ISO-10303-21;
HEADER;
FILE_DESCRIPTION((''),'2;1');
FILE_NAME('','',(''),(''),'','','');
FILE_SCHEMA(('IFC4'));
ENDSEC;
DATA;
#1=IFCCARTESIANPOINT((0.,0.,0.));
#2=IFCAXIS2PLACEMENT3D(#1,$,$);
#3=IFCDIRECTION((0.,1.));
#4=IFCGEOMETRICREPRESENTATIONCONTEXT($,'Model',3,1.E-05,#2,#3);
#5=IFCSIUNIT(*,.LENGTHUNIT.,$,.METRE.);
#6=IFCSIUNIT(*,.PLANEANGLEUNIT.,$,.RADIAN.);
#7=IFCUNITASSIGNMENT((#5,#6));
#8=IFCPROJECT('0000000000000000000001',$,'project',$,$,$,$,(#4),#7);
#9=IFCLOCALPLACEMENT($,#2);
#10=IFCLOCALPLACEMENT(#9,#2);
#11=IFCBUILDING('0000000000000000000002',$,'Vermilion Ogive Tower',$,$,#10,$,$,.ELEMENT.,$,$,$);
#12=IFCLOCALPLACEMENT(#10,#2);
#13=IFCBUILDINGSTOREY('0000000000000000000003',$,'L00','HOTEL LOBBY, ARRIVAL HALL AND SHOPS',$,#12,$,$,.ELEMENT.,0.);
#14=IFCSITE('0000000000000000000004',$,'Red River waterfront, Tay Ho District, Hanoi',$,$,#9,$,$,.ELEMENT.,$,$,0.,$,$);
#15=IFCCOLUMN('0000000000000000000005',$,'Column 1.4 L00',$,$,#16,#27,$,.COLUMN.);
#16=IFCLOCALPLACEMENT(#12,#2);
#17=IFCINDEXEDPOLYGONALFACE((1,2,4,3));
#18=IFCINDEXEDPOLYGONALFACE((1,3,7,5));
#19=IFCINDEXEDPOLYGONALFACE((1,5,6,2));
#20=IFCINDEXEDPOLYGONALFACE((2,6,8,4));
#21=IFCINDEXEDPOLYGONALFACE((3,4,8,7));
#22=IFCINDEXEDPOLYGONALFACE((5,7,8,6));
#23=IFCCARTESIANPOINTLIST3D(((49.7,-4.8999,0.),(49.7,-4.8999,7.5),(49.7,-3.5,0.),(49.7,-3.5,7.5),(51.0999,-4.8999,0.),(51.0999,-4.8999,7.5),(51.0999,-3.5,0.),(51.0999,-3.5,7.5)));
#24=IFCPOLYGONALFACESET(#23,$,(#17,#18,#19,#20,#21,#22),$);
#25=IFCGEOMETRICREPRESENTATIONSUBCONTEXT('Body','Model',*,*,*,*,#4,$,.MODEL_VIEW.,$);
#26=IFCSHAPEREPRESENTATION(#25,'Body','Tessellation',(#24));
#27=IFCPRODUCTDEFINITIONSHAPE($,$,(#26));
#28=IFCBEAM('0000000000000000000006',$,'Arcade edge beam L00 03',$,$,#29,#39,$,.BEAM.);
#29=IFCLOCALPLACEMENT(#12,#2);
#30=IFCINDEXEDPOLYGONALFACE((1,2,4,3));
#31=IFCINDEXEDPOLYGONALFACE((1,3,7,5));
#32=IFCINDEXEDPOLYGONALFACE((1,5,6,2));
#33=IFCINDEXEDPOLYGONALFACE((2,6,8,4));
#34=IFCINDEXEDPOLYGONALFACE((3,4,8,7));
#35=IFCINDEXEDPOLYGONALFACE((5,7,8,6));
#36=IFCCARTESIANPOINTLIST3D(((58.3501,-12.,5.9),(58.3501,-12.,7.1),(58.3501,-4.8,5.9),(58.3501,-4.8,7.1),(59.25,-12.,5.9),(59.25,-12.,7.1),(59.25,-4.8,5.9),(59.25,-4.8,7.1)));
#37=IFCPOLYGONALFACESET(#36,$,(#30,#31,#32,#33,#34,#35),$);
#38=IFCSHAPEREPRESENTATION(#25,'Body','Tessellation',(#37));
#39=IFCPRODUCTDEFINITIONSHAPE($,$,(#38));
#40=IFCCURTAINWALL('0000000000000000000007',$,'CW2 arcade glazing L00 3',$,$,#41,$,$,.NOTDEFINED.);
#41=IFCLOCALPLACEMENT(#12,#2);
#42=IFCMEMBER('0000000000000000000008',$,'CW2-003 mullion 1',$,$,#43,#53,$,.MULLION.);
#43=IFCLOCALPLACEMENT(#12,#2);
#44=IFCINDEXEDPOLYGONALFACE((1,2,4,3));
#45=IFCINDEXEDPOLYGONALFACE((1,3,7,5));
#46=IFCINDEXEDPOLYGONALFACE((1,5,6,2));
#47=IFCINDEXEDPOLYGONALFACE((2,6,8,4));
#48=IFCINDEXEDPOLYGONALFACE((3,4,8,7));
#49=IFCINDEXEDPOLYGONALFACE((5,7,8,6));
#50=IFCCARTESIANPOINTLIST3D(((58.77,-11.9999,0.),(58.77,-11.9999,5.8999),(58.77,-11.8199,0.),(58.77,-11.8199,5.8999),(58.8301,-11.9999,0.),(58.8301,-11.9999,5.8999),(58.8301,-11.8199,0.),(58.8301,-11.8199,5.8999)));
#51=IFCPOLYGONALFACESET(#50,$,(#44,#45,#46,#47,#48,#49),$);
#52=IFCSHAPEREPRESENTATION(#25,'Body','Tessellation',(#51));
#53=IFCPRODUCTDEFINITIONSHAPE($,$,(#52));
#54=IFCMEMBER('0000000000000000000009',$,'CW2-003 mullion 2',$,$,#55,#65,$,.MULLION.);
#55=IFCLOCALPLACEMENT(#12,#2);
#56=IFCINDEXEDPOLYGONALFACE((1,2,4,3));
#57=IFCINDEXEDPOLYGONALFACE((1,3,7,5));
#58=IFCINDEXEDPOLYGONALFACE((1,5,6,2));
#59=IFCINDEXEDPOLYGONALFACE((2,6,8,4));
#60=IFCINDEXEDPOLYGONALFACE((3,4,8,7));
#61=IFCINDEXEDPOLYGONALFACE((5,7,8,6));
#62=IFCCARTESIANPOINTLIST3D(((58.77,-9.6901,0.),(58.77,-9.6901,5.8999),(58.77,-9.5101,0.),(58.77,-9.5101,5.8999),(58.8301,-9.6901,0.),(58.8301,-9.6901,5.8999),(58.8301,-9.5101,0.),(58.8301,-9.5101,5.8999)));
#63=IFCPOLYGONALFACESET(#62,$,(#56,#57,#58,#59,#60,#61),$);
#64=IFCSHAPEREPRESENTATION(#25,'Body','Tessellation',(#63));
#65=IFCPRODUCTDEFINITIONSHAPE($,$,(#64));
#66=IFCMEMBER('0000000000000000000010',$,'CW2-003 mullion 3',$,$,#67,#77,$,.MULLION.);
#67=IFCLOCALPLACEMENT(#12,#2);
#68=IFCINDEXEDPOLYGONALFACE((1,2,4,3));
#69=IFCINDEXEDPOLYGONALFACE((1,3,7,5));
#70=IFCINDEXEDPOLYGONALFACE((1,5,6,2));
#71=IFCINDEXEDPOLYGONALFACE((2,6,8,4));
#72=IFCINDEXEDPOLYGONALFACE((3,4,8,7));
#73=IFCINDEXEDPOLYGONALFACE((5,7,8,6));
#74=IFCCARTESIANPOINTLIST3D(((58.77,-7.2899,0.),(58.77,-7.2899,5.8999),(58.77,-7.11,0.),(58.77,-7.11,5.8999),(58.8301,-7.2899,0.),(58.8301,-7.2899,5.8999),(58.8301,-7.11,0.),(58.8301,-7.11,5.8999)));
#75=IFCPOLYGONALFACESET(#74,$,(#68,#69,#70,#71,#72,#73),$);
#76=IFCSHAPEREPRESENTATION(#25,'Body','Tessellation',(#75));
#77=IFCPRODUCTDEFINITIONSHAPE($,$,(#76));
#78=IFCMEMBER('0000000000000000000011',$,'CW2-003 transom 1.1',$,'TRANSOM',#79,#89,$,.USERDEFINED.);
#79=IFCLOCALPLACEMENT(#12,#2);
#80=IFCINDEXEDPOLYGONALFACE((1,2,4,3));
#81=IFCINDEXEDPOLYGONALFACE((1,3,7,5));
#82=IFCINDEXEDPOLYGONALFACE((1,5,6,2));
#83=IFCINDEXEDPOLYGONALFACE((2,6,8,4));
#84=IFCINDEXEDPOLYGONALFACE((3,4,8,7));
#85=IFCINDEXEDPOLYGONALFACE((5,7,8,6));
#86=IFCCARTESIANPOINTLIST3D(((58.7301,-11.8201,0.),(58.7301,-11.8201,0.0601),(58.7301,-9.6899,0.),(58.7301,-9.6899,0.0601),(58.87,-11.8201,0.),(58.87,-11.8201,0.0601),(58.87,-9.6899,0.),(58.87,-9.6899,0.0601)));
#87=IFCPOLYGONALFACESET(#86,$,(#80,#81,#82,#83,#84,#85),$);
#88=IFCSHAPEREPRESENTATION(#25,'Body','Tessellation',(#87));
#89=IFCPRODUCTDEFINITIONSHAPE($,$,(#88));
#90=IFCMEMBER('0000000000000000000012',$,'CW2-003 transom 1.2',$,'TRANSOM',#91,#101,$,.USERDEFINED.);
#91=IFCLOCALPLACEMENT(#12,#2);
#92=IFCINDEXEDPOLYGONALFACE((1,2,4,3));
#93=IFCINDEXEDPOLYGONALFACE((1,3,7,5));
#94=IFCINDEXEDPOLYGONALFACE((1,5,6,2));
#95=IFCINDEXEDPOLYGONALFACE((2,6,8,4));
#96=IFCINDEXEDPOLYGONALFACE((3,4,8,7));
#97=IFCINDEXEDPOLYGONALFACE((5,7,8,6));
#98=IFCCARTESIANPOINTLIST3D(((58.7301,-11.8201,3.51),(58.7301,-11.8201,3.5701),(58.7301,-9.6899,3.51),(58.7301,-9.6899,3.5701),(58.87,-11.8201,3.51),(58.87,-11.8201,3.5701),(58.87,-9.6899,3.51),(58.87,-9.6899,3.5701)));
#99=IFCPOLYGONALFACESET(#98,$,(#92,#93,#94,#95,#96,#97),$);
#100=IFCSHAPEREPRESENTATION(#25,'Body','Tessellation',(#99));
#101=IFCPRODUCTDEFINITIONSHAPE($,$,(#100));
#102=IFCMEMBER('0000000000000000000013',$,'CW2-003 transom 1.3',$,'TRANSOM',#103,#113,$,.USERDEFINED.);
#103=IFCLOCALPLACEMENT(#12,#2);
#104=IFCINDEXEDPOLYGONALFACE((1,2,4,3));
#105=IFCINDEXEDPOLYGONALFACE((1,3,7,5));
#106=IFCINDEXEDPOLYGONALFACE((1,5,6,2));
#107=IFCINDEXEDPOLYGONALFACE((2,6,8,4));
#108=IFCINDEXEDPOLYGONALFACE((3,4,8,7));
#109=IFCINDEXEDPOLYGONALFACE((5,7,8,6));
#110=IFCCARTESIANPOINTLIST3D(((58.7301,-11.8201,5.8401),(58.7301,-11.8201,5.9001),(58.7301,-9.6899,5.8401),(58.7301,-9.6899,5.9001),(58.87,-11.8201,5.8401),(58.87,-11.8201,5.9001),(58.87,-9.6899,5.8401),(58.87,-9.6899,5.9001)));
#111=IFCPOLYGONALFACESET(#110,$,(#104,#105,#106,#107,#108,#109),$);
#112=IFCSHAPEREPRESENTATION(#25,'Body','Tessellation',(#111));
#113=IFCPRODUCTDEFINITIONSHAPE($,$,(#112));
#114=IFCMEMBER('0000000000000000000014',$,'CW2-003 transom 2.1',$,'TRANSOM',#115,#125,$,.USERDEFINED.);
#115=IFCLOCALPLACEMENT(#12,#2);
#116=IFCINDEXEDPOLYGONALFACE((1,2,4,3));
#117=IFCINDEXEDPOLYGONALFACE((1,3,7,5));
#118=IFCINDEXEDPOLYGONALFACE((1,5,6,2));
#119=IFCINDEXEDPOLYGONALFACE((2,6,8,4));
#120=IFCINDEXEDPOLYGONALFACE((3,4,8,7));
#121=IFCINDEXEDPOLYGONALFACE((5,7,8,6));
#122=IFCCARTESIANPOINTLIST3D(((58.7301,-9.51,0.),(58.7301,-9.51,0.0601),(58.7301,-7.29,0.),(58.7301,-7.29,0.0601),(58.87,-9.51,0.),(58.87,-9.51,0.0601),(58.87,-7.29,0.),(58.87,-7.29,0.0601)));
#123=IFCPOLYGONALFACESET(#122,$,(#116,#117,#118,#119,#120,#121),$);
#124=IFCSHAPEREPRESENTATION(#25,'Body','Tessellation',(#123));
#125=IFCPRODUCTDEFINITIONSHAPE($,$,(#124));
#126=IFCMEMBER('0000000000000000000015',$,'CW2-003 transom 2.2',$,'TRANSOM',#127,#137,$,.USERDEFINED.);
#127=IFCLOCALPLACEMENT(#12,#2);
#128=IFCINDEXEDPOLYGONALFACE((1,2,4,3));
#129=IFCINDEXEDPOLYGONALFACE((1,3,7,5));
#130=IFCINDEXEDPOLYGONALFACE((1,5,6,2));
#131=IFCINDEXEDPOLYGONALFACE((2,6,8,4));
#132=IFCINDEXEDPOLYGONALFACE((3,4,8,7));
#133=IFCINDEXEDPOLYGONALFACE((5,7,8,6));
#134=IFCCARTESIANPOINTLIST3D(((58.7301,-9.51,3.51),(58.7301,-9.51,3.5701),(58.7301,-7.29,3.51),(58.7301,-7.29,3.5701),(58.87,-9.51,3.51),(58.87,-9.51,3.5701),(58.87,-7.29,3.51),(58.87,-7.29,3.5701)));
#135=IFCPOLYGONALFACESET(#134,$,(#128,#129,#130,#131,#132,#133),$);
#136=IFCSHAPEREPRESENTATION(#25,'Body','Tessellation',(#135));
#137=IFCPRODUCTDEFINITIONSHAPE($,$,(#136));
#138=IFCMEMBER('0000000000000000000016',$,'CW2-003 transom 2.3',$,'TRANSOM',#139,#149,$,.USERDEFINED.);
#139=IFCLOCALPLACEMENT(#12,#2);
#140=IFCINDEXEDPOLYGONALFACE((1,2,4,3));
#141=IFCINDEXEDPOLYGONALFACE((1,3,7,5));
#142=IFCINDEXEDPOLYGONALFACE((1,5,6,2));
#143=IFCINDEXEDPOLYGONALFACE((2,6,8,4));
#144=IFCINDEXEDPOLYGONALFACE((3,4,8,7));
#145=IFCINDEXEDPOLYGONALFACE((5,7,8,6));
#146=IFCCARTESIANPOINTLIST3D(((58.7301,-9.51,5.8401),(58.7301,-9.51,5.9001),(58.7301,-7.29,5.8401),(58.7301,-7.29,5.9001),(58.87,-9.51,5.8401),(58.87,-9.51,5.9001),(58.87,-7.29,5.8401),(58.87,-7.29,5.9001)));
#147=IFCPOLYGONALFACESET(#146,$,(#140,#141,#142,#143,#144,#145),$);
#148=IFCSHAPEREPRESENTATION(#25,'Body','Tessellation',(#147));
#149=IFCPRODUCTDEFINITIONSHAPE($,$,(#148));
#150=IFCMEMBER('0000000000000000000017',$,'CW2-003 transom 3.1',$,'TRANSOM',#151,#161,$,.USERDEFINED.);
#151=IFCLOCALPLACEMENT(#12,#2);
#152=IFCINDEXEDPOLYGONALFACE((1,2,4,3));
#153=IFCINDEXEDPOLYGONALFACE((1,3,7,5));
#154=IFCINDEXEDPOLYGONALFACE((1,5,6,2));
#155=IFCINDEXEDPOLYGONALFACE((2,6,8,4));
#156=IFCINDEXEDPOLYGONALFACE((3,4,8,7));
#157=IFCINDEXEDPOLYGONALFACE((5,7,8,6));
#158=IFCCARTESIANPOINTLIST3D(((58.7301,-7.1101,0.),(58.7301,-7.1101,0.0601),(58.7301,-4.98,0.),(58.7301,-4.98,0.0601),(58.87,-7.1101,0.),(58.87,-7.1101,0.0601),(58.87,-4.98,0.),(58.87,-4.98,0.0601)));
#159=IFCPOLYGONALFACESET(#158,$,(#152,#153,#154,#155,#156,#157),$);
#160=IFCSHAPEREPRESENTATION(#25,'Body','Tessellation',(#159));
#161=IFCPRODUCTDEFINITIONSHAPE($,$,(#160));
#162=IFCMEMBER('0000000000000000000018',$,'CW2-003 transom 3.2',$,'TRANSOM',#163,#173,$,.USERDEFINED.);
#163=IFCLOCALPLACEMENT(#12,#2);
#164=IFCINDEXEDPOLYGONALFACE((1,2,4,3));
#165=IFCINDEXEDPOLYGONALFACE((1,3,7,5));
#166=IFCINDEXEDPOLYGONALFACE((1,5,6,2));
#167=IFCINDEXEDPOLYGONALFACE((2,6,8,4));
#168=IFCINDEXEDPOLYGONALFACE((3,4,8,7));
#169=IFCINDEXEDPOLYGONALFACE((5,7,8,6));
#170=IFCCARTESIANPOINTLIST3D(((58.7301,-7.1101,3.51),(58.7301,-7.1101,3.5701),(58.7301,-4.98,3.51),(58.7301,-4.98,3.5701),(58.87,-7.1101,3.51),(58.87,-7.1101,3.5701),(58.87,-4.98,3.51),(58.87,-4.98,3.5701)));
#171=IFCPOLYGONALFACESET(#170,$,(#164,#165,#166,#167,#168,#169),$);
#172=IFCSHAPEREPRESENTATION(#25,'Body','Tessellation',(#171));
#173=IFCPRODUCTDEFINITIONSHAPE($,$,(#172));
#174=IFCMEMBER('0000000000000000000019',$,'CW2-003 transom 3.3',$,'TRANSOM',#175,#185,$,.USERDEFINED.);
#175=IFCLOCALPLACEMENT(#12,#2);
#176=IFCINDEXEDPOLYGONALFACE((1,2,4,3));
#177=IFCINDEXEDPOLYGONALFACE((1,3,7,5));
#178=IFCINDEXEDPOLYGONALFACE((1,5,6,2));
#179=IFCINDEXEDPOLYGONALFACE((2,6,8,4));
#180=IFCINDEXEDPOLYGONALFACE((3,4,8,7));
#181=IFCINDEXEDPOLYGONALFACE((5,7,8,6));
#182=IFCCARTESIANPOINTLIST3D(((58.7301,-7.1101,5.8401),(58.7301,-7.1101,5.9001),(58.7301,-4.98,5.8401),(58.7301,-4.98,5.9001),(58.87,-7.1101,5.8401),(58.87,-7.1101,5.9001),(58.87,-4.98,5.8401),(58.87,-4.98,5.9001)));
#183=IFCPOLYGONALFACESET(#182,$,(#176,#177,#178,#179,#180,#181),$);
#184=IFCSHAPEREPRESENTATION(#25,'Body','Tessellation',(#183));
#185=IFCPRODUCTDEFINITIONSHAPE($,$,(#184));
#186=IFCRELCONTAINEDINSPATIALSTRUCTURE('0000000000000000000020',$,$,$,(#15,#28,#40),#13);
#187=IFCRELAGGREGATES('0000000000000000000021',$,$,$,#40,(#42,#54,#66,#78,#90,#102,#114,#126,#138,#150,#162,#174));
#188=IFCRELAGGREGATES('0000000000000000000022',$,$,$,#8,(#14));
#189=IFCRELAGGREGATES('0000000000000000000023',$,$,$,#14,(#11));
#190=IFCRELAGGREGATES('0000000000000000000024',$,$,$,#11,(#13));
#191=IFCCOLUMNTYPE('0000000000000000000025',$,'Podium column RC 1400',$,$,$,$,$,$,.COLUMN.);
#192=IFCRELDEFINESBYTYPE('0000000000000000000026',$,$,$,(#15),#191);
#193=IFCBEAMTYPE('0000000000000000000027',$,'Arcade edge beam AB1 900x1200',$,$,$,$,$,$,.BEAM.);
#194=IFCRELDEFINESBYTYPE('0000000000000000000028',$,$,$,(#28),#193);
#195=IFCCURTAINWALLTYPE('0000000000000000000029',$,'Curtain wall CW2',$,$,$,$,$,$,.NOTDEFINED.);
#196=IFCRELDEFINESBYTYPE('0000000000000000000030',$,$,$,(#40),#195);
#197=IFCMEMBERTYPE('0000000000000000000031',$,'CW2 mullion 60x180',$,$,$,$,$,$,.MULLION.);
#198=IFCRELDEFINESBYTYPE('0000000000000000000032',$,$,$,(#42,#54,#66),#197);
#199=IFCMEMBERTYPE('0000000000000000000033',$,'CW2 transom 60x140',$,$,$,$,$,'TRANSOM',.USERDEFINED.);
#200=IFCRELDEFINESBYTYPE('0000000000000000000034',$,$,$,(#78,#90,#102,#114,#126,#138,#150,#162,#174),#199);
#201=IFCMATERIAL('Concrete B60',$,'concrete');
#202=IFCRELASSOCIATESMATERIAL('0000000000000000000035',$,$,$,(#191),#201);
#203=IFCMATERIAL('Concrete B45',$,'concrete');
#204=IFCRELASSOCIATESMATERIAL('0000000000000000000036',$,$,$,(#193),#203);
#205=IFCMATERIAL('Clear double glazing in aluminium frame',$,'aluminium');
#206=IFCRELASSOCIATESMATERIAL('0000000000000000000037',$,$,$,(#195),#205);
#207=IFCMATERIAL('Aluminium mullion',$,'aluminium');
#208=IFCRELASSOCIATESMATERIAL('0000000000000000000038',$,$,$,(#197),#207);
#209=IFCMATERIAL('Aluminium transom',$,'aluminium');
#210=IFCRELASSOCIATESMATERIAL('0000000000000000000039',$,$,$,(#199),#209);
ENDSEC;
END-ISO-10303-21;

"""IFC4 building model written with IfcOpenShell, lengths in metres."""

from ifc_helpers import new_model, si_unit, direction, frame, origin, origin_2d, place, context, subcontext, project, spatial, rectangle, extrude, material, material_profile, profile_set, type_object, element, aggregate, save


model = new_model("IFC4")

# Units and contexts
model_context = context("Model", 3, precision=1e-05, world=origin(), true_north=direction((0.0, 1.0)))
body_context = subcontext(model_context, "Body", "Model", "MODEL_VIEW")
ifc_project = project(units=[si_unit("LENGTHUNIT", "METRE"), si_unit("PLANEANGLEUNIT", "RADIAN")], contexts=[model_context])

# Site, building, storey
site_placement = place(None, origin())
site = spatial("IfcSite", under=ifc_project, at=site_placement, Name="Red River waterfront, Tay Ho District, Hanoi", CompositionType="ELEMENT", RefElevation=0.0)
building_placement = place(site_placement, origin())
building = spatial("IfcBuilding", under=site, at=building_placement, Name="Vermilion Ogive Tower", CompositionType="ELEMENT")
storey_placement = place(building_placement, origin())
storey = spatial("IfcBuildingStorey", under=building, at=storey_placement, Name="L00", Description="HOTEL LOBBY, ARRIVAL HALL AND SHOPS", CompositionType="ELEMENT", Elevation=0.0)

# Column
ifc_material_1 = material(Name="Concrete B60", Category="concrete")
ifc_material_profile_1 = material_profile(ifc_material_1, rectangle(XDim=1.3999, YDim=1.3999, at=origin_2d()), Name="RC 1400x1400")
ifc_profile_set_1 = profile_set([ifc_material_profile_1], Name="Concrete B60")
column_type = type_object("IfcColumnType", Name="Podium column RC 1400", PredefinedType="COLUMN", material=ifc_profile_set_1)
column_placement = place(storey_placement, frame((50.3999, -4.2, 0.0), z_axis=(0.0, 0.0, 1.0), x_axis=(1.0, 0.0, 0.0)))
element("IfcColumn", 1, at=column_placement, inside=storey, type_object=column_type, Name="Column 1.4 L00", PredefinedType="COLUMN", context=body_context, shape_type="SweptSolid", body=[
    extrude(rectangle(XDim=1.3999, YDim=1.3999, at=origin_2d()), origin(), (0.0, 0.0, 1.0), 7.5),
])

# Beam
ifc_material_2 = material(Name="Concrete B45", Category="concrete")
ifc_material_profile_2 = material_profile(ifc_material_2, rectangle(XDim=0.8999, YDim=1.2, at=origin_2d()), Name="RC 900x1200")
ifc_profile_set_2 = profile_set([ifc_material_profile_2], Name="Concrete B45")
beam_type = type_object("IfcBeamType", Name="Arcade edge beam AB1 900x1200", PredefinedType="BEAM", material=ifc_profile_set_2)
beam_placement = place(storey_placement, frame((58.8, -12.0, 6.5), z_axis=(0.0, 1.0, 0.0), x_axis=(-1.0, 0.0, 0.0)))
element("IfcBeam", 2, at=beam_placement, inside=storey, type_object=beam_type, Name="Arcade edge beam L00 03", PredefinedType="BEAM", context=body_context, shape_type="SweptSolid", body=[
    extrude(rectangle(XDim=0.8999, YDim=1.2, at=origin_2d()), origin(), (0.0, 0.0, 1.0), 7.2),
])

# Curtain wall, members
ifc_material_3 = material(Name="Clear double glazing in aluminium frame", Category="aluminium")
curtain_wall_type = type_object("IfcCurtainWallType", Name="Curtain wall CW2", PredefinedType="NOTDEFINED", material=ifc_material_3)
curtain_wall_placement = place(storey_placement, origin())
curtain_wall = element("IfcCurtainWall", 3, at=curtain_wall_placement, inside=storey, type_object=curtain_wall_type, Name="CW2 arcade glazing L00 3", PredefinedType="NOTDEFINED")
ifc_material_4 = material(Name="Aluminium mullion", Category="aluminium")
ifc_material_profile_3 = material_profile(ifc_material_4, rectangle(XDim=0.0601, YDim=0.1799, at=origin_2d()), Name="AL 60x180")
ifc_profile_set_3 = profile_set([ifc_material_profile_3], Name="Aluminium mullion")
member_type_1 = type_object("IfcMemberType", Name="CW2 mullion 60x180", PredefinedType="MULLION", material=ifc_profile_set_3)
member_1_placement = place(storey_placement, frame((58.8, -11.9099, 0.0), z_axis=(0.0, 0.0, 1.0), x_axis=(-1.0, 0.0, 0.0)))
member_1 = element("IfcMember", 4, at=member_1_placement, type_object=member_type_1, Name="CW2-003 mullion 1", PredefinedType="MULLION", context=body_context, shape_type="SweptSolid", body=[
    extrude(rectangle(XDim=0.0601, YDim=0.1799, at=origin_2d()), origin(), (0.0, 0.0, 1.0), 5.8999),
])
member_2_placement = place(storey_placement, frame((58.8, -9.6001, 0.0), z_axis=(0.0, 0.0, 1.0), x_axis=(-1.0, 0.0, 0.0)))
member_2 = element("IfcMember", 5, at=member_2_placement, type_object=member_type_1, Name="CW2-003 mullion 2", PredefinedType="MULLION", context=body_context, shape_type="SweptSolid", body=[
    extrude(rectangle(XDim=0.0601, YDim=0.1799, at=origin_2d()), origin(), (0.0, 0.0, 1.0), 5.8999),
])
member_3_placement = place(storey_placement, frame((58.8, -7.2, 0.0), z_axis=(0.0, 0.0, 1.0), x_axis=(-1.0, 0.0, 0.0)))
member_3 = element("IfcMember", 6, at=member_3_placement, type_object=member_type_1, Name="CW2-003 mullion 3", PredefinedType="MULLION", context=body_context, shape_type="SweptSolid", body=[
    extrude(rectangle(XDim=0.0601, YDim=0.1799, at=origin_2d()), origin(), (0.0, 0.0, 1.0), 5.8999),
])
ifc_material_5 = material(Name="Aluminium transom", Category="aluminium")
ifc_material_profile_4 = material_profile(ifc_material_5, rectangle(XDim=0.1399, YDim=0.0601, at=origin_2d()), Name="AL 60x140")
ifc_profile_set_4 = profile_set([ifc_material_profile_4], Name="Aluminium transom")
member_type_2 = type_object("IfcMemberType", Name="CW2 transom 60x140", ElementType="TRANSOM", PredefinedType="USERDEFINED", material=ifc_profile_set_4)
member_4_placement = place(storey_placement, frame((58.8, -11.8201, 0.03), z_axis=(0.0, 1.0, 0.0), x_axis=(-1.0, 0.0, 0.0)))
member_4 = element("IfcMember", 7, at=member_4_placement, type_object=member_type_2, Name="CW2-003 transom 1.1", ObjectType="TRANSOM", PredefinedType="USERDEFINED", context=body_context, shape_type="SweptSolid", body=[
    extrude(rectangle(XDim=0.1399, YDim=0.0601, at=origin_2d()), origin(), (0.0, 0.0, 1.0), 2.1301),
])
member_5_placement = place(storey_placement, frame((58.8, -11.8201, 3.54), z_axis=(0.0, 1.0, 0.0), x_axis=(-1.0, 0.0, 0.0)))
member_5 = element("IfcMember", 8, at=member_5_placement, type_object=member_type_2, Name="CW2-003 transom 1.2", ObjectType="TRANSOM", PredefinedType="USERDEFINED", context=body_context, shape_type="SweptSolid", body=[
    extrude(rectangle(XDim=0.1399, YDim=0.0601, at=origin_2d()), origin(), (0.0, 0.0, 1.0), 2.1301),
])
member_6_placement = place(storey_placement, frame((58.8, -11.8201, 5.8701), z_axis=(0.0, 1.0, 0.0), x_axis=(-1.0, 0.0, 0.0)))
member_6 = element("IfcMember", 9, at=member_6_placement, type_object=member_type_2, Name="CW2-003 transom 1.3", ObjectType="TRANSOM", PredefinedType="USERDEFINED", context=body_context, shape_type="SweptSolid", body=[
    extrude(rectangle(XDim=0.1399, YDim=0.0601, at=origin_2d()), origin(), (0.0, 0.0, 1.0), 2.1301),
])
member_7_placement = place(storey_placement, frame((58.8, -9.51, 0.03), z_axis=(0.0, 1.0, 0.0), x_axis=(-1.0, 0.0, 0.0)))
member_7 = element("IfcMember", 10, at=member_7_placement, type_object=member_type_2, Name="CW2-003 transom 2.1", ObjectType="TRANSOM", PredefinedType="USERDEFINED", context=body_context, shape_type="SweptSolid", body=[
    extrude(rectangle(XDim=0.1399, YDim=0.0601, at=origin_2d()), origin(), (0.0, 0.0, 1.0), 2.22),
])
member_8_placement = place(storey_placement, frame((58.8, -9.51, 3.54), z_axis=(0.0, 1.0, 0.0), x_axis=(-1.0, 0.0, 0.0)))
member_8 = element("IfcMember", 11, at=member_8_placement, type_object=member_type_2, Name="CW2-003 transom 2.2", ObjectType="TRANSOM", PredefinedType="USERDEFINED", context=body_context, shape_type="SweptSolid", body=[
    extrude(rectangle(XDim=0.1399, YDim=0.0601, at=origin_2d()), origin(), (0.0, 0.0, 1.0), 2.22),
])
member_9_placement = place(storey_placement, frame((58.8, -9.51, 5.8701), z_axis=(0.0, 1.0, 0.0), x_axis=(-1.0, 0.0, 0.0)))
member_9 = element("IfcMember", 12, at=member_9_placement, type_object=member_type_2, Name="CW2-003 transom 2.3", ObjectType="TRANSOM", PredefinedType="USERDEFINED", context=body_context, shape_type="SweptSolid", body=[
    extrude(rectangle(XDim=0.1399, YDim=0.0601, at=origin_2d()), origin(), (0.0, 0.0, 1.0), 2.22),
])
member_10_placement = place(storey_placement, frame((58.8, -7.1101, 0.03), z_axis=(0.0, 1.0, 0.0), x_axis=(-1.0, 0.0, 0.0)))
member_10 = element("IfcMember", 13, at=member_10_placement, type_object=member_type_2, Name="CW2-003 transom 3.1", ObjectType="TRANSOM", PredefinedType="USERDEFINED", context=body_context, shape_type="SweptSolid", body=[
    extrude(rectangle(XDim=0.1399, YDim=0.0601, at=origin_2d()), origin(), (0.0, 0.0, 1.0), 2.1301),
])
member_11_placement = place(storey_placement, frame((58.8, -7.1101, 3.54), z_axis=(0.0, 1.0, 0.0), x_axis=(-1.0, 0.0, 0.0)))
member_11 = element("IfcMember", 14, at=member_11_placement, type_object=member_type_2, Name="CW2-003 transom 3.2", ObjectType="TRANSOM", PredefinedType="USERDEFINED", context=body_context, shape_type="SweptSolid", body=[
    extrude(rectangle(XDim=0.1399, YDim=0.0601, at=origin_2d()), origin(), (0.0, 0.0, 1.0), 2.1301),
])
member_12_placement = place(storey_placement, frame((58.8, -7.1101, 5.8701), z_axis=(0.0, 1.0, 0.0), x_axis=(-1.0, 0.0, 0.0)))
member_12 = element("IfcMember", 15, at=member_12_placement, type_object=member_type_2, Name="CW2-003 transom 3.3", ObjectType="TRANSOM", PredefinedType="USERDEFINED", context=body_context, shape_type="SweptSolid", body=[
    extrude(rectangle(XDim=0.1399, YDim=0.0601, at=origin_2d()), origin(), (0.0, 0.0, 1.0), 2.1301),
])
aggregate(curtain_wall, [member_1, member_2, member_3, member_4, member_5, member_6, member_7, member_8, member_9, member_10, member_11, member_12])

save(model, "model.ifc")
